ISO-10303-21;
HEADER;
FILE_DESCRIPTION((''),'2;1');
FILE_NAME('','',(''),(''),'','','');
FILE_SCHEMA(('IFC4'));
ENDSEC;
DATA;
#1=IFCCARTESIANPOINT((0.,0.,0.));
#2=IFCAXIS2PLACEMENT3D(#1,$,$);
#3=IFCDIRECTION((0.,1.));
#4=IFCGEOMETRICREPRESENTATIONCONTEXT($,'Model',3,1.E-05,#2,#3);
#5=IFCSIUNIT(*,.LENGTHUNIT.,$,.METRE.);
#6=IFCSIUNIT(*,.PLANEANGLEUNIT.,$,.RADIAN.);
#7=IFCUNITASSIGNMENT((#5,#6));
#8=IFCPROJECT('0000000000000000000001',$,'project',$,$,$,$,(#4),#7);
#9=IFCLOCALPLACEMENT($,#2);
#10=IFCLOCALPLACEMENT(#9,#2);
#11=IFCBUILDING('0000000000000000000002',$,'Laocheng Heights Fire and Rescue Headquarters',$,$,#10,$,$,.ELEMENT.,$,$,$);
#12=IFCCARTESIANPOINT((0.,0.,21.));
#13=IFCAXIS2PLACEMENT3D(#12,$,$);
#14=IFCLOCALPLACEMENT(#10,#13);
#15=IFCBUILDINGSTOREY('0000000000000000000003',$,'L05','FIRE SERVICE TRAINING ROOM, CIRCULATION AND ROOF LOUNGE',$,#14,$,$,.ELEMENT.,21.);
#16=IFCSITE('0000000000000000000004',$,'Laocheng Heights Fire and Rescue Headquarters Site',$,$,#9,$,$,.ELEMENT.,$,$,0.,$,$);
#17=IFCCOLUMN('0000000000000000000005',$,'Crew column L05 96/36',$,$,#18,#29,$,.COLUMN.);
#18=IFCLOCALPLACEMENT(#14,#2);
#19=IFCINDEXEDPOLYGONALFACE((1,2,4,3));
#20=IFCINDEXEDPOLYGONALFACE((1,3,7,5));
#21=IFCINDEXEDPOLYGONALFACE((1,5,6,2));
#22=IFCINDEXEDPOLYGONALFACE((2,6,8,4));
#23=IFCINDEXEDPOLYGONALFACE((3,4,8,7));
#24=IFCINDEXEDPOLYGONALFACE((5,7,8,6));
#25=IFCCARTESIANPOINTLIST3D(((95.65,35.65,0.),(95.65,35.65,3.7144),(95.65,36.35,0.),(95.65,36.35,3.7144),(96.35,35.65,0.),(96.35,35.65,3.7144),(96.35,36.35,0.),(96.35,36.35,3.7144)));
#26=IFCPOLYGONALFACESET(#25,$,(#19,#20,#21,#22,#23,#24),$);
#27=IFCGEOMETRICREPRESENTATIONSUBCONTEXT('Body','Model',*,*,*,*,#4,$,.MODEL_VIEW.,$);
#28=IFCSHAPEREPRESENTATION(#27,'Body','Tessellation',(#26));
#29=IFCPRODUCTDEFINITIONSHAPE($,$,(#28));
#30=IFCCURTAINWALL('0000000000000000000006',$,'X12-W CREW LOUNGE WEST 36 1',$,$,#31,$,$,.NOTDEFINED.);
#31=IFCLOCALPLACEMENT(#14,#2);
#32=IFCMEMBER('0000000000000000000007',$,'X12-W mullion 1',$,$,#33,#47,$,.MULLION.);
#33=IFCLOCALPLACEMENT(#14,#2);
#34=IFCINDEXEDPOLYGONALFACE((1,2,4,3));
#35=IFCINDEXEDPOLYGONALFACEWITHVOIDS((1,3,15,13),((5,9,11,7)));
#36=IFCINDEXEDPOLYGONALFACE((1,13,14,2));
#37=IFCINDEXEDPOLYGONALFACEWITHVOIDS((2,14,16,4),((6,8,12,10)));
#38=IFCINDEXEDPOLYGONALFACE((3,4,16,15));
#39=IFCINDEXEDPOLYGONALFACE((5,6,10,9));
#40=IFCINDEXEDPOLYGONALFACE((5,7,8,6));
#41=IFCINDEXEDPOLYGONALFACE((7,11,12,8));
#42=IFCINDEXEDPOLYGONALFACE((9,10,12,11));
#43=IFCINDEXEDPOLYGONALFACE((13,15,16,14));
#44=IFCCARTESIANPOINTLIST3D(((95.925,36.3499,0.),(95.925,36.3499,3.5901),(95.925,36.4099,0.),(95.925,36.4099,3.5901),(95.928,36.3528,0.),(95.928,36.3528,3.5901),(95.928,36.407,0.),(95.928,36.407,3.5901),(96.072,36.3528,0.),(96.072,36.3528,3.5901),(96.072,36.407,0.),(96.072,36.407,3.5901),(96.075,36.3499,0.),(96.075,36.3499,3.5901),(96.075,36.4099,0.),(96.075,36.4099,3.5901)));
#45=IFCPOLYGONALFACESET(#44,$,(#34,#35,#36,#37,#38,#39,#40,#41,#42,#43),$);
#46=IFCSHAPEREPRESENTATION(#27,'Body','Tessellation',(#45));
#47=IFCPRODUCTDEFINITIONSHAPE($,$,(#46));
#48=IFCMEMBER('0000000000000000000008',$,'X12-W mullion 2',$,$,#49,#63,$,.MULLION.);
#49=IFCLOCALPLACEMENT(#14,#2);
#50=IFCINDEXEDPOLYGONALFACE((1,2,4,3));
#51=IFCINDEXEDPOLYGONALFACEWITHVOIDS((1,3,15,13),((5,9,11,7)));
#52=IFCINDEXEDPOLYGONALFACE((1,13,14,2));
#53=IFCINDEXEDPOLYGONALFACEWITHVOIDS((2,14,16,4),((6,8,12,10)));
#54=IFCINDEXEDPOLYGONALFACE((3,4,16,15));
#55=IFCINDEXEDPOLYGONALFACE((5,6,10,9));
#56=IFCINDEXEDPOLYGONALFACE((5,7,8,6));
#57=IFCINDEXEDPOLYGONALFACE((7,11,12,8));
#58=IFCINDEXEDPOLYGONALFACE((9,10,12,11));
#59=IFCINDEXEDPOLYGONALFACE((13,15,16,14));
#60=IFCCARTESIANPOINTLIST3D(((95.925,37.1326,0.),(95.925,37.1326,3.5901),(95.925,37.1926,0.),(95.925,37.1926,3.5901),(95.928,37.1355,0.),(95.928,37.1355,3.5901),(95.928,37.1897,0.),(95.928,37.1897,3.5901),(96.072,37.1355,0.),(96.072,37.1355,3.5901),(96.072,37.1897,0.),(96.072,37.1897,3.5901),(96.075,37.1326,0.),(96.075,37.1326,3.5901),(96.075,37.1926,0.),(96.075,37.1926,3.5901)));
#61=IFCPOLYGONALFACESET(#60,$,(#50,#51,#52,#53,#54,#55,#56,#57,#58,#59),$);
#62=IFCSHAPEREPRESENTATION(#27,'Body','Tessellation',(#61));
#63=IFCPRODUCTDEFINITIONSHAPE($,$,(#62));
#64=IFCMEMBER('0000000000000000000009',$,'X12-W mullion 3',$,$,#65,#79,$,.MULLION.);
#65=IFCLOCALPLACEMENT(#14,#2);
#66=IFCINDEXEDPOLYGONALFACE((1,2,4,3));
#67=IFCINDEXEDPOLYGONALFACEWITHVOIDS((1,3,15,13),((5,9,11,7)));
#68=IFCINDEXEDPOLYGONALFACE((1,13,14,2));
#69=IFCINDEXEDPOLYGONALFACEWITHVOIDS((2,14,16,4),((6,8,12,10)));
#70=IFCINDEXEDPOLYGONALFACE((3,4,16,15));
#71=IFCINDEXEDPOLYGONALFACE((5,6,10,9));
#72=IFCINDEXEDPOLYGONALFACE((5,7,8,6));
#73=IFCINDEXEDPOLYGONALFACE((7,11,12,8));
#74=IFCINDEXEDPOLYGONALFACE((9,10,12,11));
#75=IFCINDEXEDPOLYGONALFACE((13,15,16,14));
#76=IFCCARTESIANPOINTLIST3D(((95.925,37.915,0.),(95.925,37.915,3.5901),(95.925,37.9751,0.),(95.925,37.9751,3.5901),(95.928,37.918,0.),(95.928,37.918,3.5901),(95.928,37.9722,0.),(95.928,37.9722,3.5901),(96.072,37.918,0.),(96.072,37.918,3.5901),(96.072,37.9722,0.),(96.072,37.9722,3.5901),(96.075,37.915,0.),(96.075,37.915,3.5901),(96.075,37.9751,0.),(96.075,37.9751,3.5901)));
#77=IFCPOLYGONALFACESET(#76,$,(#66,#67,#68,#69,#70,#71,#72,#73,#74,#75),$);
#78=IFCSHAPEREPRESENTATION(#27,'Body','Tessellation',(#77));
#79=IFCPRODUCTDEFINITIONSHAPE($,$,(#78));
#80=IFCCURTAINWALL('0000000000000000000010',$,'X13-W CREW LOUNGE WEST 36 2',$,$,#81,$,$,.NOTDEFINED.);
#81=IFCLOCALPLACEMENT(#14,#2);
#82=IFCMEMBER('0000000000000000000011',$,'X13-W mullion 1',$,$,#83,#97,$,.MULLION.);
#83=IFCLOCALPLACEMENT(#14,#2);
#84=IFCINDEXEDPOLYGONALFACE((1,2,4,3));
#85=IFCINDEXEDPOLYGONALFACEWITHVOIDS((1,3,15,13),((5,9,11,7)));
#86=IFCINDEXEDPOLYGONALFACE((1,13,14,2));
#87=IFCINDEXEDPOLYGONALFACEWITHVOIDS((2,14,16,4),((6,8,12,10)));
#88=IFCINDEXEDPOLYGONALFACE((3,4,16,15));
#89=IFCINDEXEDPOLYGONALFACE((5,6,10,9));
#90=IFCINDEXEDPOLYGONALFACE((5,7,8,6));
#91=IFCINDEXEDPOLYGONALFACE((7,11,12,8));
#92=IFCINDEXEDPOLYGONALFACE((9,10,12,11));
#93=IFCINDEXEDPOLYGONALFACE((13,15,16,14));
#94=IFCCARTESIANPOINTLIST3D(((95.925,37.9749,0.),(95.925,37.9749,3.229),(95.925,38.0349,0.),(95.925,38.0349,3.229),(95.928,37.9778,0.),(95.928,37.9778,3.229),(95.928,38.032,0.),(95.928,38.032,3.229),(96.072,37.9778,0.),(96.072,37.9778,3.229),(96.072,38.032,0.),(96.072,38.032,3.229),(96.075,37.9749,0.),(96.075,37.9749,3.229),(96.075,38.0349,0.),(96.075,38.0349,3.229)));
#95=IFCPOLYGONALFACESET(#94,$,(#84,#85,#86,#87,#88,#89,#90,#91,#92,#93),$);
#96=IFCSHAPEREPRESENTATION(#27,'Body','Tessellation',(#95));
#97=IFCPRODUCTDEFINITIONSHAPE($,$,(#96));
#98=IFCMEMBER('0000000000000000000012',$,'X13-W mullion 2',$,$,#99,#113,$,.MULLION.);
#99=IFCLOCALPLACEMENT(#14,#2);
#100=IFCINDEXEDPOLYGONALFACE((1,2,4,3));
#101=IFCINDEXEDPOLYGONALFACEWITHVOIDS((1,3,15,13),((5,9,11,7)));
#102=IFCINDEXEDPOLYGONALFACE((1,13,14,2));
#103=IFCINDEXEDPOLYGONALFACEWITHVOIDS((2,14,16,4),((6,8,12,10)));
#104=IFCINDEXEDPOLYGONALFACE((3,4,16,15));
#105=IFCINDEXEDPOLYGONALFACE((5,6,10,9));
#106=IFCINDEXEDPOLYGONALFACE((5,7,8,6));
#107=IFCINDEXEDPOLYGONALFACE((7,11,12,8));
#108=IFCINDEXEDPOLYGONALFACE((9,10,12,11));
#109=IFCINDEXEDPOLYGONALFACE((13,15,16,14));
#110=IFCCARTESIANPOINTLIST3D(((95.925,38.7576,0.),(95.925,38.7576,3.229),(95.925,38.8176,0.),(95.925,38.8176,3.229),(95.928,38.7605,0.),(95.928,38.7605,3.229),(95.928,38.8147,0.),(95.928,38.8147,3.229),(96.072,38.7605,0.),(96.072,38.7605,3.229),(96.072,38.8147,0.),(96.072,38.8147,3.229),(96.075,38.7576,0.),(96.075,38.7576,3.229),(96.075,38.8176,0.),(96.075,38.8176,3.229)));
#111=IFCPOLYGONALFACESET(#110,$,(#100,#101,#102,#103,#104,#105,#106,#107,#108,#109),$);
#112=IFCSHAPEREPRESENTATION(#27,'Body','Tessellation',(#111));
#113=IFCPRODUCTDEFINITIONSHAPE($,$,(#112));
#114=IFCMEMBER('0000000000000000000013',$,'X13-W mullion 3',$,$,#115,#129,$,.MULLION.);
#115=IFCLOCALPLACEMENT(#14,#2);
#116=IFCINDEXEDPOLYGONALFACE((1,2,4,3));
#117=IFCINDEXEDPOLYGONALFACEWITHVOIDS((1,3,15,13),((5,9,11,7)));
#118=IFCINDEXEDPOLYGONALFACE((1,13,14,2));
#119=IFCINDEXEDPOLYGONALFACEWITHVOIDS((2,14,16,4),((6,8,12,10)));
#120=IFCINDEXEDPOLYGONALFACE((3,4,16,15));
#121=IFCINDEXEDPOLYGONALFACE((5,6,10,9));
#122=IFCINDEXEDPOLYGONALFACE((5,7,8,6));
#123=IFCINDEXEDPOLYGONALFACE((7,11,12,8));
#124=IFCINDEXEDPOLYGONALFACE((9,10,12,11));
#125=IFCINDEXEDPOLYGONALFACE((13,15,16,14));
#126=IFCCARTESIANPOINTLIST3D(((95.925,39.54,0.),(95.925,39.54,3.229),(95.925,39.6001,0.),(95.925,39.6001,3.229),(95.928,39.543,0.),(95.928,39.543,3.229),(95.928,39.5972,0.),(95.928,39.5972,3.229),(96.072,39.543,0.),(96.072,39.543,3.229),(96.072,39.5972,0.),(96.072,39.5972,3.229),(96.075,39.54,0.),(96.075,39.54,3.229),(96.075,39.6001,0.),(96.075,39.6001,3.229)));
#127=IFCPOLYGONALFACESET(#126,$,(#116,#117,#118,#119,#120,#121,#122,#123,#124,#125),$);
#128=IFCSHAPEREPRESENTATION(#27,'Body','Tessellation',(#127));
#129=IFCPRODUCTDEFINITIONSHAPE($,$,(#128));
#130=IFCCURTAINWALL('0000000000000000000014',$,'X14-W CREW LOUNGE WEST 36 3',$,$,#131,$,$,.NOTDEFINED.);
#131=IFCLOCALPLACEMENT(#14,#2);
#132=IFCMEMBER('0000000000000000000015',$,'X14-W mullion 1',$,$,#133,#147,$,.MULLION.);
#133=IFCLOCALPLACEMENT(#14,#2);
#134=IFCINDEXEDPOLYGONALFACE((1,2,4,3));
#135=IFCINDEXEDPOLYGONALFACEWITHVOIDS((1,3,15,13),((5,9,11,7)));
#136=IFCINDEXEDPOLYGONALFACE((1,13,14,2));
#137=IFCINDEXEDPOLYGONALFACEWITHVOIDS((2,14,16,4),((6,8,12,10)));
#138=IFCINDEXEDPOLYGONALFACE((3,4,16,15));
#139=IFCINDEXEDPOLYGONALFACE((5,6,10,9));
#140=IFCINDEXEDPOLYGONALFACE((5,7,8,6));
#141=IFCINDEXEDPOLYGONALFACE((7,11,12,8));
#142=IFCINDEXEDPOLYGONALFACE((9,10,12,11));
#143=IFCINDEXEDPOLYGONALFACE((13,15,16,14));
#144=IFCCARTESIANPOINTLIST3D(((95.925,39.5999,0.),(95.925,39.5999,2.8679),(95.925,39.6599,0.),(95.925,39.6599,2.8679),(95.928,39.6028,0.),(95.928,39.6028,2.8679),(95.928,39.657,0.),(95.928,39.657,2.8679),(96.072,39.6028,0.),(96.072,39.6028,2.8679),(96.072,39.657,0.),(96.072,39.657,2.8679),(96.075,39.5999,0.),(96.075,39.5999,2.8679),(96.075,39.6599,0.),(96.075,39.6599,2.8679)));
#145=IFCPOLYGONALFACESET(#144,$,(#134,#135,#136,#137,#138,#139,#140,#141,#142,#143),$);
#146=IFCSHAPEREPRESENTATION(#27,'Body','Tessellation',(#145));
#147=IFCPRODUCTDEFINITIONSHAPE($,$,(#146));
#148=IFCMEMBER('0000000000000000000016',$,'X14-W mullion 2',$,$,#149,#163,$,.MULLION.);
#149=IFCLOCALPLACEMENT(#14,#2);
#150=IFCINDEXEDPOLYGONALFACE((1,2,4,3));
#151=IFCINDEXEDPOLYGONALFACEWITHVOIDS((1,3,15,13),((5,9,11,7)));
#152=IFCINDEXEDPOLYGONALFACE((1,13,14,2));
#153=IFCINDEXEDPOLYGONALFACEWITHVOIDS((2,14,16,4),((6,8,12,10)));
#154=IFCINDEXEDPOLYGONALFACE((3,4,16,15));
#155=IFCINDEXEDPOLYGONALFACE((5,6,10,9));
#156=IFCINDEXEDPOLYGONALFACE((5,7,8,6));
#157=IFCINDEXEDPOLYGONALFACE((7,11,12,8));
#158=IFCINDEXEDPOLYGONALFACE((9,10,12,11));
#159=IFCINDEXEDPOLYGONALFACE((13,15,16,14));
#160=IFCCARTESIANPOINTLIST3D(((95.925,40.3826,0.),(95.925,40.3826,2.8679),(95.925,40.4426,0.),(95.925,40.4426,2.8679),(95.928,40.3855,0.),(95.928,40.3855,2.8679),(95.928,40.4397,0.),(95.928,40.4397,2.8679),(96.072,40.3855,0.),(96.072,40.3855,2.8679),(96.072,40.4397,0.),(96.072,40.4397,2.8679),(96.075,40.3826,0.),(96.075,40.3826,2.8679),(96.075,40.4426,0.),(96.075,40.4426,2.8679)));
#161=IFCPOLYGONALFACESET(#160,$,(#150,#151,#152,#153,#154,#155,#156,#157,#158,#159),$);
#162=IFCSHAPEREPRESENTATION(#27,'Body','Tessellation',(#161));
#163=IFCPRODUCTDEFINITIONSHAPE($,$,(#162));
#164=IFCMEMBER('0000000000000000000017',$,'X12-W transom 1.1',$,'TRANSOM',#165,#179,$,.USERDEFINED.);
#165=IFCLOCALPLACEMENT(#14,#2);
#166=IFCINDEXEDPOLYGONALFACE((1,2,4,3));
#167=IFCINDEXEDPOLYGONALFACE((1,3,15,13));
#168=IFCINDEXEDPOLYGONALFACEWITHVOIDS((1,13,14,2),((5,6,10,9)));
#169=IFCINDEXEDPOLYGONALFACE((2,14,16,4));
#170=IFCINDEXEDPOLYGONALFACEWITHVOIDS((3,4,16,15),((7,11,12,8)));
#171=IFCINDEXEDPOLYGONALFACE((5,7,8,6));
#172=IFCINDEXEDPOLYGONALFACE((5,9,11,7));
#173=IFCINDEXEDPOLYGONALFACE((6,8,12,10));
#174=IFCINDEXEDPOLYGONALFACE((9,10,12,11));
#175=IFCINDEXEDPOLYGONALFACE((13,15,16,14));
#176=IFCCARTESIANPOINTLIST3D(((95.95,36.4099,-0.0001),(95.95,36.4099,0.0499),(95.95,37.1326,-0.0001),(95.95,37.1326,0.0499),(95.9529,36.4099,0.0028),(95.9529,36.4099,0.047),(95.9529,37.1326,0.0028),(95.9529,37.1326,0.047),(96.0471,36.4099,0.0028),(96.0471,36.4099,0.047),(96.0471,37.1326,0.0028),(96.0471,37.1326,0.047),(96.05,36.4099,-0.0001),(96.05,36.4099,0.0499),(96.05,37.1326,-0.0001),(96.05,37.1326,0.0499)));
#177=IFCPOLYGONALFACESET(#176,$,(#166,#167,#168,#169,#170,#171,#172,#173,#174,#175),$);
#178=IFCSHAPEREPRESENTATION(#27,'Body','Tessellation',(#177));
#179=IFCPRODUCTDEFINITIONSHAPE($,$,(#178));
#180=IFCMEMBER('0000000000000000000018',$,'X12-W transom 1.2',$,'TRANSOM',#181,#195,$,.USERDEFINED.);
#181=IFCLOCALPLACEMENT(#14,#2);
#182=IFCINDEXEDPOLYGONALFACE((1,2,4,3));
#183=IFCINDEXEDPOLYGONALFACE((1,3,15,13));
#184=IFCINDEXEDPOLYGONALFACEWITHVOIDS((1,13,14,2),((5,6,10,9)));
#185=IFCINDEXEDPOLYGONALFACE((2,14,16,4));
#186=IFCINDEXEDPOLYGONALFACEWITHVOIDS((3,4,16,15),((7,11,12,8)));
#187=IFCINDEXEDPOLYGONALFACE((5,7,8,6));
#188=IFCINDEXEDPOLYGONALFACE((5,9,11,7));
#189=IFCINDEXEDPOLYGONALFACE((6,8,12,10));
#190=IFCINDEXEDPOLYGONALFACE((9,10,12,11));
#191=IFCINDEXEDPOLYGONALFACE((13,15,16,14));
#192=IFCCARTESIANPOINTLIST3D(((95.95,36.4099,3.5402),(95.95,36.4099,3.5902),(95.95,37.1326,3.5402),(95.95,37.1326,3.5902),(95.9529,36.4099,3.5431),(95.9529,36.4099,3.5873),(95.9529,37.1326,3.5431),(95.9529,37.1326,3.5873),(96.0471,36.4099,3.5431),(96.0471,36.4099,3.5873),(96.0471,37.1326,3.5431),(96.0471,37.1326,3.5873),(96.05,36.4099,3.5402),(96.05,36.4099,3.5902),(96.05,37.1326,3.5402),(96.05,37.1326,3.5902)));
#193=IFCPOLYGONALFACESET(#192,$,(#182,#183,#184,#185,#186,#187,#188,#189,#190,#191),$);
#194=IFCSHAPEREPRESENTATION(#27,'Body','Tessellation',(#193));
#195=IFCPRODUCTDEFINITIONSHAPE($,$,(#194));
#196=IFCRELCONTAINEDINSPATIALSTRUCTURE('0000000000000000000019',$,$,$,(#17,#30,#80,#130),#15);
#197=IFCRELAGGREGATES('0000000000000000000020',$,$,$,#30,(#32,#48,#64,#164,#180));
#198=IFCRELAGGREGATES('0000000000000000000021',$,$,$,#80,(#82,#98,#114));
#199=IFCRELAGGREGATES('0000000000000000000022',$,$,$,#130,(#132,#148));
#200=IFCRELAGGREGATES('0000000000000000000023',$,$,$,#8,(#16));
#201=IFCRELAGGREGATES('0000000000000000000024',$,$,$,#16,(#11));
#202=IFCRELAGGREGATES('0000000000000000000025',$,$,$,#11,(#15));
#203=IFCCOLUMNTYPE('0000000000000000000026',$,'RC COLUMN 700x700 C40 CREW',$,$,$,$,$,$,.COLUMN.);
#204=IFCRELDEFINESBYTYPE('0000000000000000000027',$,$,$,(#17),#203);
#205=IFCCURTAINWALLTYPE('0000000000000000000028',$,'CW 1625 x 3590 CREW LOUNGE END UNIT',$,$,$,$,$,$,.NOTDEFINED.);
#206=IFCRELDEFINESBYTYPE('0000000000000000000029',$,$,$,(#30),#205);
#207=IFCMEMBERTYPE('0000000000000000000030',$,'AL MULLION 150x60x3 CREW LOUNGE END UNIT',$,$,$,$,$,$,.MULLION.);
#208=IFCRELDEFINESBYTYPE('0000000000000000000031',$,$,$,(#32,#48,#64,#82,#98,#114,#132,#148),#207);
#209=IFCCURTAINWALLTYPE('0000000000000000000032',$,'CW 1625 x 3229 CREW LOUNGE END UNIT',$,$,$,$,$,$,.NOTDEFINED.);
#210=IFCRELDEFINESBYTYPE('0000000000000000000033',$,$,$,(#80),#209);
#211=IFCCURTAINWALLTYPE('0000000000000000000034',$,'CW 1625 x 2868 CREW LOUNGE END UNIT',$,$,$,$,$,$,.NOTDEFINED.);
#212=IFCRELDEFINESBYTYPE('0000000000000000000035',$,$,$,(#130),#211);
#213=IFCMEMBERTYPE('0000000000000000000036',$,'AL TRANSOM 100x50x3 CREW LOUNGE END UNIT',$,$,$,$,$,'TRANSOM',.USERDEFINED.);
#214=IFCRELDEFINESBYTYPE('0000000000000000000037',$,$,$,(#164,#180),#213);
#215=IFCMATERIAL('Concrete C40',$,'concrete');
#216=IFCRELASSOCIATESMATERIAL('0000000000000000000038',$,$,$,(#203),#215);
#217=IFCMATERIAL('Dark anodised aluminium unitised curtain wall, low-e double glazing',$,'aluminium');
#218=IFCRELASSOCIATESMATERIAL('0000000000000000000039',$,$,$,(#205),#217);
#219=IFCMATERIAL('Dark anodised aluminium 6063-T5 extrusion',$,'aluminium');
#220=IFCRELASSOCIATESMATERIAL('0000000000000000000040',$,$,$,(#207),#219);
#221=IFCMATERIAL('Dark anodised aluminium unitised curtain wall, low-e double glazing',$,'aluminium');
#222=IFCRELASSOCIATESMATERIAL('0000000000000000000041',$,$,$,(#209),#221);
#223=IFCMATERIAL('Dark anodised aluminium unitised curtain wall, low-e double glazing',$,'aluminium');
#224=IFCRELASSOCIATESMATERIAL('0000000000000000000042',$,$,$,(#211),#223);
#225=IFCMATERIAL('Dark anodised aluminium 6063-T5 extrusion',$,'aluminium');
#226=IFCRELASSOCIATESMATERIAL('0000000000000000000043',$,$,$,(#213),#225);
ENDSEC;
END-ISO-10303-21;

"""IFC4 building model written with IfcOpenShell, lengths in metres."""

from ifc_helpers import new_model, si_unit, direction, frame, origin, origin_2d, place, context, subcontext, project, spatial, rectangle, hollow_rectangle, extrude, material, material_profile, profile_set, type_object, element, aggregate, save


model = new_model("IFC4")

# Units and contexts
model_context = context("Model", 3, precision=1e-05, world=origin(), true_north=direction((0.0, 1.0)))
body_context = subcontext(model_context, "Body", "Model", "MODEL_VIEW")
ifc_project = project(units=[si_unit("LENGTHUNIT", "METRE"), si_unit("PLANEANGLEUNIT", "RADIAN")], contexts=[model_context])

# Site, building, storey
site_placement = place(None, origin())
site = spatial("IfcSite", under=ifc_project, at=site_placement, Name="Laocheng Heights Fire and Rescue Headquarters Site", CompositionType="ELEMENT", RefElevation=0.0)
building_placement = place(site_placement, origin())
building = spatial("IfcBuilding", under=site, at=building_placement, Name="Laocheng Heights Fire and Rescue Headquarters", CompositionType="ELEMENT")
storey_placement = place(building_placement, frame((0.0, 0.0, 21.0)))
storey = spatial("IfcBuildingStorey", under=building, at=storey_placement, Name="L05", Description="FIRE SERVICE TRAINING ROOM, CIRCULATION AND ROOF LOUNGE", CompositionType="ELEMENT", Elevation=21.0)

# Column
ifc_material_1 = material(Name="Concrete C40", Category="concrete")
ifc_material_profile_1 = material_profile(ifc_material_1, rectangle(XDim=0.7, YDim=0.7, at=origin_2d()), Name="RC COLUMN 700x700 C40 CREW")
ifc_profile_set_1 = profile_set([ifc_material_profile_1], Name="Concrete C40")
column_type = type_object("IfcColumnType", Name="RC COLUMN 700x700 C40 CREW", PredefinedType="COLUMN", material=ifc_profile_set_1)
column_placement = place(storey_placement, frame((96.0, 36.0, 0.0), z_axis=(0.0, 0.0, 1.0), x_axis=(1.0, 0.0, 0.0)))
element("IfcColumn", 1, at=column_placement, inside=storey, type_object=column_type, Name="Crew column L05 96/36", PredefinedType="COLUMN", context=body_context, shape_type="SweptSolid", body=[
    extrude(rectangle(XDim=0.7, YDim=0.7, at=origin_2d()), origin(), (0.0, 0.0, 1.0), 3.7144),
])

# Curtain walls, members
ifc_material_2 = material(Name="Dark anodised aluminium unitised curtain wall, low-e double glazing", Category="aluminium")
curtain_wall_type_1 = type_object("IfcCurtainWallType", Name="CW 1625 x 3590 CREW LOUNGE END UNIT", PredefinedType="NOTDEFINED", material=ifc_material_2)
curtain_wall_1_placement = place(storey_placement, origin())
curtain_wall_1 = element("IfcCurtainWall", 2, at=curtain_wall_1_placement, inside=storey, type_object=curtain_wall_type_1, Name="X12-W CREW LOUNGE WEST 36 1", PredefinedType="NOTDEFINED")
ifc_material_3 = material(Name="Dark anodised aluminium 6063-T5 extrusion", Category="aluminium")
ifc_material_profile_2 = material_profile(ifc_material_3, hollow_rectangle(XDim=0.1499, YDim=0.0601, WallThickness=0.0029, at=origin_2d()), Name="AL MULLION 150x60x3 CREW LOUNGE END UNIT")
ifc_profile_set_2 = profile_set([ifc_material_profile_2], Name="Dark anodised aluminium 6063-T5 extrusion")
member_type_1 = type_object("IfcMemberType", Name="AL MULLION 150x60x3 CREW LOUNGE END UNIT", PredefinedType="MULLION", material=ifc_profile_set_2)
member_1_placement = place(storey_placement, frame((96.0, 36.3799, 0.0), z_axis=(0.0, 0.0, 1.0), x_axis=(-1.0, 0.0, 0.0)))
member_1 = element("IfcMember", 3, at=member_1_placement, type_object=member_type_1, Name="X12-W mullion 1", PredefinedType="MULLION", context=body_context, shape_type="SweptSolid", body=[
    extrude(hollow_rectangle(XDim=0.1499, YDim=0.0601, WallThickness=0.0029, at=origin_2d()), origin(), (0.0, 0.0, 1.0), 3.5901),
])
member_2_placement = place(storey_placement, frame((96.0, 37.1626, 0.0), z_axis=(0.0, 0.0, 1.0), x_axis=(-1.0, 0.0, 0.0)))
member_2 = element("IfcMember", 4, at=member_2_placement, type_object=member_type_1, Name="X12-W mullion 2", PredefinedType="MULLION", context=body_context, shape_type="SweptSolid", body=[
    extrude(hollow_rectangle(XDim=0.1499, YDim=0.0601, WallThickness=0.0029, at=origin_2d()), origin(), (0.0, 0.0, 1.0), 3.5901),
])
member_3_placement = place(storey_placement, frame((96.0, 37.9451, 0.0), z_axis=(0.0, 0.0, 1.0), x_axis=(-1.0, 0.0, 0.0)))
member_3 = element("IfcMember", 5, at=member_3_placement, type_object=member_type_1, Name="X12-W mullion 3", PredefinedType="MULLION", context=body_context, shape_type="SweptSolid", body=[
    extrude(hollow_rectangle(XDim=0.1499, YDim=0.0601, WallThickness=0.0029, at=origin_2d()), origin(), (0.0, 0.0, 1.0), 3.5901),
])
ifc_material_4 = material(Name="Dark anodised aluminium unitised curtain wall, low-e double glazing", Category="aluminium")
curtain_wall_type_2 = type_object("IfcCurtainWallType", Name="CW 1625 x 3229 CREW LOUNGE END UNIT", PredefinedType="NOTDEFINED", material=ifc_material_4)
curtain_wall_2_placement = place(storey_placement, origin())
curtain_wall_2 = element("IfcCurtainWall", 6, at=curtain_wall_2_placement, inside=storey, type_object=curtain_wall_type_2, Name="X13-W CREW LOUNGE WEST 36 2", PredefinedType="NOTDEFINED")
member_4_placement = place(storey_placement, frame((96.0, 38.0049, 0.0), z_axis=(0.0, 0.0, 1.0), x_axis=(-1.0, 0.0, 0.0)))
member_4 = element("IfcMember", 7, at=member_4_placement, type_object=member_type_1, Name="X13-W mullion 1", PredefinedType="MULLION", context=body_context, shape_type="SweptSolid", body=[
    extrude(hollow_rectangle(XDim=0.1499, YDim=0.0601, WallThickness=0.0029, at=origin_2d()), origin(), (0.0, 0.0, 1.0), 3.229),
])
member_5_placement = place(storey_placement, frame((96.0, 38.7876, 0.0), z_axis=(0.0, 0.0, 1.0), x_axis=(-1.0, 0.0, 0.0)))
member_5 = element("IfcMember", 8, at=member_5_placement, type_object=member_type_1, Name="X13-W mullion 2", PredefinedType="MULLION", context=body_context, shape_type="SweptSolid", body=[
    extrude(hollow_rectangle(XDim=0.1499, YDim=0.0601, WallThickness=0.0029, at=origin_2d()), origin(), (0.0, 0.0, 1.0), 3.229),
])
member_6_placement = place(storey_placement, frame((96.0, 39.5701, 0.0), z_axis=(0.0, 0.0, 1.0), x_axis=(-1.0, 0.0, 0.0)))
member_6 = element("IfcMember", 9, at=member_6_placement, type_object=member_type_1, Name="X13-W mullion 3", PredefinedType="MULLION", context=body_context, shape_type="SweptSolid", body=[
    extrude(hollow_rectangle(XDim=0.1499, YDim=0.0601, WallThickness=0.0029, at=origin_2d()), origin(), (0.0, 0.0, 1.0), 3.229),
])
ifc_material_5 = material(Name="Dark anodised aluminium unitised curtain wall, low-e double glazing", Category="aluminium")
curtain_wall_type_3 = type_object("IfcCurtainWallType", Name="CW 1625 x 2868 CREW LOUNGE END UNIT", PredefinedType="NOTDEFINED", material=ifc_material_5)
curtain_wall_3_placement = place(storey_placement, origin())
curtain_wall_3 = element("IfcCurtainWall", 10, at=curtain_wall_3_placement, inside=storey, type_object=curtain_wall_type_3, Name="X14-W CREW LOUNGE WEST 36 3", PredefinedType="NOTDEFINED")
member_7_placement = place(storey_placement, frame((96.0, 39.6299, 0.0), z_axis=(0.0, 0.0, 1.0), x_axis=(-1.0, 0.0, 0.0)))
member_7 = element("IfcMember", 11, at=member_7_placement, type_object=member_type_1, Name="X14-W mullion 1", PredefinedType="MULLION", context=body_context, shape_type="SweptSolid", body=[
    extrude(hollow_rectangle(XDim=0.1499, YDim=0.0601, WallThickness=0.0029, at=origin_2d()), origin(), (0.0, 0.0, 1.0), 2.8679),
])
member_8_placement = place(storey_placement, frame((96.0, 40.4126, 0.0), z_axis=(0.0, 0.0, 1.0), x_axis=(-1.0, 0.0, 0.0)))
member_8 = element("IfcMember", 12, at=member_8_placement, type_object=member_type_1, Name="X14-W mullion 2", PredefinedType="MULLION", context=body_context, shape_type="SweptSolid", body=[
    extrude(hollow_rectangle(XDim=0.1499, YDim=0.0601, WallThickness=0.0029, at=origin_2d()), origin(), (0.0, 0.0, 1.0), 2.8679),
])

# Members
ifc_material_6 = material(Name="Dark anodised aluminium 6063-T5 extrusion", Category="aluminium")
ifc_material_profile_3 = material_profile(ifc_material_6, hollow_rectangle(XDim=0.1001, YDim=0.05, WallThickness=0.0029, at=origin_2d()), Name="AL TRANSOM 100x50x3 CREW LOUNGE END UNIT")
ifc_profile_set_3 = profile_set([ifc_material_profile_3], Name="Dark anodised aluminium 6063-T5 extrusion")
member_type_2 = type_object("IfcMemberType", Name="AL TRANSOM 100x50x3 CREW LOUNGE END UNIT", ElementType="TRANSOM", PredefinedType="USERDEFINED", material=ifc_profile_set_3)
member_9_placement = place(storey_placement, frame((96.0, 36.4099, 0.0249), z_axis=(0.0, 1.0, 0.0), x_axis=(-1.0, 0.0, 0.0)))
member_9 = element("IfcMember", 13, at=member_9_placement, type_object=member_type_2, Name="X12-W transom 1.1", ObjectType="TRANSOM", PredefinedType="USERDEFINED", context=body_context, shape_type="SweptSolid", body=[
    extrude(hollow_rectangle(XDim=0.1001, YDim=0.05, WallThickness=0.0029, at=origin_2d()), origin(), (0.0, 0.0, 1.0), 0.7227),
])
member_10_placement = place(storey_placement, frame((96.0, 36.4099, 3.5652), z_axis=(0.0, 1.0, 0.0), x_axis=(-1.0, 0.0, 0.0)))
member_10 = element("IfcMember", 14, at=member_10_placement, type_object=member_type_2, Name="X12-W transom 1.2", ObjectType="TRANSOM", PredefinedType="USERDEFINED", context=body_context, shape_type="SweptSolid", body=[
    extrude(hollow_rectangle(XDim=0.1001, YDim=0.05, WallThickness=0.0029, at=origin_2d()), origin(), (0.0, 0.0, 1.0), 0.7227),
])

aggregate(curtain_wall_1, [member_1, member_2, member_3, member_9, member_10])
aggregate(curtain_wall_2, [member_4, member_5, member_6])
aggregate(curtain_wall_3, [member_7, member_8])

save(model, "model.ifc")
